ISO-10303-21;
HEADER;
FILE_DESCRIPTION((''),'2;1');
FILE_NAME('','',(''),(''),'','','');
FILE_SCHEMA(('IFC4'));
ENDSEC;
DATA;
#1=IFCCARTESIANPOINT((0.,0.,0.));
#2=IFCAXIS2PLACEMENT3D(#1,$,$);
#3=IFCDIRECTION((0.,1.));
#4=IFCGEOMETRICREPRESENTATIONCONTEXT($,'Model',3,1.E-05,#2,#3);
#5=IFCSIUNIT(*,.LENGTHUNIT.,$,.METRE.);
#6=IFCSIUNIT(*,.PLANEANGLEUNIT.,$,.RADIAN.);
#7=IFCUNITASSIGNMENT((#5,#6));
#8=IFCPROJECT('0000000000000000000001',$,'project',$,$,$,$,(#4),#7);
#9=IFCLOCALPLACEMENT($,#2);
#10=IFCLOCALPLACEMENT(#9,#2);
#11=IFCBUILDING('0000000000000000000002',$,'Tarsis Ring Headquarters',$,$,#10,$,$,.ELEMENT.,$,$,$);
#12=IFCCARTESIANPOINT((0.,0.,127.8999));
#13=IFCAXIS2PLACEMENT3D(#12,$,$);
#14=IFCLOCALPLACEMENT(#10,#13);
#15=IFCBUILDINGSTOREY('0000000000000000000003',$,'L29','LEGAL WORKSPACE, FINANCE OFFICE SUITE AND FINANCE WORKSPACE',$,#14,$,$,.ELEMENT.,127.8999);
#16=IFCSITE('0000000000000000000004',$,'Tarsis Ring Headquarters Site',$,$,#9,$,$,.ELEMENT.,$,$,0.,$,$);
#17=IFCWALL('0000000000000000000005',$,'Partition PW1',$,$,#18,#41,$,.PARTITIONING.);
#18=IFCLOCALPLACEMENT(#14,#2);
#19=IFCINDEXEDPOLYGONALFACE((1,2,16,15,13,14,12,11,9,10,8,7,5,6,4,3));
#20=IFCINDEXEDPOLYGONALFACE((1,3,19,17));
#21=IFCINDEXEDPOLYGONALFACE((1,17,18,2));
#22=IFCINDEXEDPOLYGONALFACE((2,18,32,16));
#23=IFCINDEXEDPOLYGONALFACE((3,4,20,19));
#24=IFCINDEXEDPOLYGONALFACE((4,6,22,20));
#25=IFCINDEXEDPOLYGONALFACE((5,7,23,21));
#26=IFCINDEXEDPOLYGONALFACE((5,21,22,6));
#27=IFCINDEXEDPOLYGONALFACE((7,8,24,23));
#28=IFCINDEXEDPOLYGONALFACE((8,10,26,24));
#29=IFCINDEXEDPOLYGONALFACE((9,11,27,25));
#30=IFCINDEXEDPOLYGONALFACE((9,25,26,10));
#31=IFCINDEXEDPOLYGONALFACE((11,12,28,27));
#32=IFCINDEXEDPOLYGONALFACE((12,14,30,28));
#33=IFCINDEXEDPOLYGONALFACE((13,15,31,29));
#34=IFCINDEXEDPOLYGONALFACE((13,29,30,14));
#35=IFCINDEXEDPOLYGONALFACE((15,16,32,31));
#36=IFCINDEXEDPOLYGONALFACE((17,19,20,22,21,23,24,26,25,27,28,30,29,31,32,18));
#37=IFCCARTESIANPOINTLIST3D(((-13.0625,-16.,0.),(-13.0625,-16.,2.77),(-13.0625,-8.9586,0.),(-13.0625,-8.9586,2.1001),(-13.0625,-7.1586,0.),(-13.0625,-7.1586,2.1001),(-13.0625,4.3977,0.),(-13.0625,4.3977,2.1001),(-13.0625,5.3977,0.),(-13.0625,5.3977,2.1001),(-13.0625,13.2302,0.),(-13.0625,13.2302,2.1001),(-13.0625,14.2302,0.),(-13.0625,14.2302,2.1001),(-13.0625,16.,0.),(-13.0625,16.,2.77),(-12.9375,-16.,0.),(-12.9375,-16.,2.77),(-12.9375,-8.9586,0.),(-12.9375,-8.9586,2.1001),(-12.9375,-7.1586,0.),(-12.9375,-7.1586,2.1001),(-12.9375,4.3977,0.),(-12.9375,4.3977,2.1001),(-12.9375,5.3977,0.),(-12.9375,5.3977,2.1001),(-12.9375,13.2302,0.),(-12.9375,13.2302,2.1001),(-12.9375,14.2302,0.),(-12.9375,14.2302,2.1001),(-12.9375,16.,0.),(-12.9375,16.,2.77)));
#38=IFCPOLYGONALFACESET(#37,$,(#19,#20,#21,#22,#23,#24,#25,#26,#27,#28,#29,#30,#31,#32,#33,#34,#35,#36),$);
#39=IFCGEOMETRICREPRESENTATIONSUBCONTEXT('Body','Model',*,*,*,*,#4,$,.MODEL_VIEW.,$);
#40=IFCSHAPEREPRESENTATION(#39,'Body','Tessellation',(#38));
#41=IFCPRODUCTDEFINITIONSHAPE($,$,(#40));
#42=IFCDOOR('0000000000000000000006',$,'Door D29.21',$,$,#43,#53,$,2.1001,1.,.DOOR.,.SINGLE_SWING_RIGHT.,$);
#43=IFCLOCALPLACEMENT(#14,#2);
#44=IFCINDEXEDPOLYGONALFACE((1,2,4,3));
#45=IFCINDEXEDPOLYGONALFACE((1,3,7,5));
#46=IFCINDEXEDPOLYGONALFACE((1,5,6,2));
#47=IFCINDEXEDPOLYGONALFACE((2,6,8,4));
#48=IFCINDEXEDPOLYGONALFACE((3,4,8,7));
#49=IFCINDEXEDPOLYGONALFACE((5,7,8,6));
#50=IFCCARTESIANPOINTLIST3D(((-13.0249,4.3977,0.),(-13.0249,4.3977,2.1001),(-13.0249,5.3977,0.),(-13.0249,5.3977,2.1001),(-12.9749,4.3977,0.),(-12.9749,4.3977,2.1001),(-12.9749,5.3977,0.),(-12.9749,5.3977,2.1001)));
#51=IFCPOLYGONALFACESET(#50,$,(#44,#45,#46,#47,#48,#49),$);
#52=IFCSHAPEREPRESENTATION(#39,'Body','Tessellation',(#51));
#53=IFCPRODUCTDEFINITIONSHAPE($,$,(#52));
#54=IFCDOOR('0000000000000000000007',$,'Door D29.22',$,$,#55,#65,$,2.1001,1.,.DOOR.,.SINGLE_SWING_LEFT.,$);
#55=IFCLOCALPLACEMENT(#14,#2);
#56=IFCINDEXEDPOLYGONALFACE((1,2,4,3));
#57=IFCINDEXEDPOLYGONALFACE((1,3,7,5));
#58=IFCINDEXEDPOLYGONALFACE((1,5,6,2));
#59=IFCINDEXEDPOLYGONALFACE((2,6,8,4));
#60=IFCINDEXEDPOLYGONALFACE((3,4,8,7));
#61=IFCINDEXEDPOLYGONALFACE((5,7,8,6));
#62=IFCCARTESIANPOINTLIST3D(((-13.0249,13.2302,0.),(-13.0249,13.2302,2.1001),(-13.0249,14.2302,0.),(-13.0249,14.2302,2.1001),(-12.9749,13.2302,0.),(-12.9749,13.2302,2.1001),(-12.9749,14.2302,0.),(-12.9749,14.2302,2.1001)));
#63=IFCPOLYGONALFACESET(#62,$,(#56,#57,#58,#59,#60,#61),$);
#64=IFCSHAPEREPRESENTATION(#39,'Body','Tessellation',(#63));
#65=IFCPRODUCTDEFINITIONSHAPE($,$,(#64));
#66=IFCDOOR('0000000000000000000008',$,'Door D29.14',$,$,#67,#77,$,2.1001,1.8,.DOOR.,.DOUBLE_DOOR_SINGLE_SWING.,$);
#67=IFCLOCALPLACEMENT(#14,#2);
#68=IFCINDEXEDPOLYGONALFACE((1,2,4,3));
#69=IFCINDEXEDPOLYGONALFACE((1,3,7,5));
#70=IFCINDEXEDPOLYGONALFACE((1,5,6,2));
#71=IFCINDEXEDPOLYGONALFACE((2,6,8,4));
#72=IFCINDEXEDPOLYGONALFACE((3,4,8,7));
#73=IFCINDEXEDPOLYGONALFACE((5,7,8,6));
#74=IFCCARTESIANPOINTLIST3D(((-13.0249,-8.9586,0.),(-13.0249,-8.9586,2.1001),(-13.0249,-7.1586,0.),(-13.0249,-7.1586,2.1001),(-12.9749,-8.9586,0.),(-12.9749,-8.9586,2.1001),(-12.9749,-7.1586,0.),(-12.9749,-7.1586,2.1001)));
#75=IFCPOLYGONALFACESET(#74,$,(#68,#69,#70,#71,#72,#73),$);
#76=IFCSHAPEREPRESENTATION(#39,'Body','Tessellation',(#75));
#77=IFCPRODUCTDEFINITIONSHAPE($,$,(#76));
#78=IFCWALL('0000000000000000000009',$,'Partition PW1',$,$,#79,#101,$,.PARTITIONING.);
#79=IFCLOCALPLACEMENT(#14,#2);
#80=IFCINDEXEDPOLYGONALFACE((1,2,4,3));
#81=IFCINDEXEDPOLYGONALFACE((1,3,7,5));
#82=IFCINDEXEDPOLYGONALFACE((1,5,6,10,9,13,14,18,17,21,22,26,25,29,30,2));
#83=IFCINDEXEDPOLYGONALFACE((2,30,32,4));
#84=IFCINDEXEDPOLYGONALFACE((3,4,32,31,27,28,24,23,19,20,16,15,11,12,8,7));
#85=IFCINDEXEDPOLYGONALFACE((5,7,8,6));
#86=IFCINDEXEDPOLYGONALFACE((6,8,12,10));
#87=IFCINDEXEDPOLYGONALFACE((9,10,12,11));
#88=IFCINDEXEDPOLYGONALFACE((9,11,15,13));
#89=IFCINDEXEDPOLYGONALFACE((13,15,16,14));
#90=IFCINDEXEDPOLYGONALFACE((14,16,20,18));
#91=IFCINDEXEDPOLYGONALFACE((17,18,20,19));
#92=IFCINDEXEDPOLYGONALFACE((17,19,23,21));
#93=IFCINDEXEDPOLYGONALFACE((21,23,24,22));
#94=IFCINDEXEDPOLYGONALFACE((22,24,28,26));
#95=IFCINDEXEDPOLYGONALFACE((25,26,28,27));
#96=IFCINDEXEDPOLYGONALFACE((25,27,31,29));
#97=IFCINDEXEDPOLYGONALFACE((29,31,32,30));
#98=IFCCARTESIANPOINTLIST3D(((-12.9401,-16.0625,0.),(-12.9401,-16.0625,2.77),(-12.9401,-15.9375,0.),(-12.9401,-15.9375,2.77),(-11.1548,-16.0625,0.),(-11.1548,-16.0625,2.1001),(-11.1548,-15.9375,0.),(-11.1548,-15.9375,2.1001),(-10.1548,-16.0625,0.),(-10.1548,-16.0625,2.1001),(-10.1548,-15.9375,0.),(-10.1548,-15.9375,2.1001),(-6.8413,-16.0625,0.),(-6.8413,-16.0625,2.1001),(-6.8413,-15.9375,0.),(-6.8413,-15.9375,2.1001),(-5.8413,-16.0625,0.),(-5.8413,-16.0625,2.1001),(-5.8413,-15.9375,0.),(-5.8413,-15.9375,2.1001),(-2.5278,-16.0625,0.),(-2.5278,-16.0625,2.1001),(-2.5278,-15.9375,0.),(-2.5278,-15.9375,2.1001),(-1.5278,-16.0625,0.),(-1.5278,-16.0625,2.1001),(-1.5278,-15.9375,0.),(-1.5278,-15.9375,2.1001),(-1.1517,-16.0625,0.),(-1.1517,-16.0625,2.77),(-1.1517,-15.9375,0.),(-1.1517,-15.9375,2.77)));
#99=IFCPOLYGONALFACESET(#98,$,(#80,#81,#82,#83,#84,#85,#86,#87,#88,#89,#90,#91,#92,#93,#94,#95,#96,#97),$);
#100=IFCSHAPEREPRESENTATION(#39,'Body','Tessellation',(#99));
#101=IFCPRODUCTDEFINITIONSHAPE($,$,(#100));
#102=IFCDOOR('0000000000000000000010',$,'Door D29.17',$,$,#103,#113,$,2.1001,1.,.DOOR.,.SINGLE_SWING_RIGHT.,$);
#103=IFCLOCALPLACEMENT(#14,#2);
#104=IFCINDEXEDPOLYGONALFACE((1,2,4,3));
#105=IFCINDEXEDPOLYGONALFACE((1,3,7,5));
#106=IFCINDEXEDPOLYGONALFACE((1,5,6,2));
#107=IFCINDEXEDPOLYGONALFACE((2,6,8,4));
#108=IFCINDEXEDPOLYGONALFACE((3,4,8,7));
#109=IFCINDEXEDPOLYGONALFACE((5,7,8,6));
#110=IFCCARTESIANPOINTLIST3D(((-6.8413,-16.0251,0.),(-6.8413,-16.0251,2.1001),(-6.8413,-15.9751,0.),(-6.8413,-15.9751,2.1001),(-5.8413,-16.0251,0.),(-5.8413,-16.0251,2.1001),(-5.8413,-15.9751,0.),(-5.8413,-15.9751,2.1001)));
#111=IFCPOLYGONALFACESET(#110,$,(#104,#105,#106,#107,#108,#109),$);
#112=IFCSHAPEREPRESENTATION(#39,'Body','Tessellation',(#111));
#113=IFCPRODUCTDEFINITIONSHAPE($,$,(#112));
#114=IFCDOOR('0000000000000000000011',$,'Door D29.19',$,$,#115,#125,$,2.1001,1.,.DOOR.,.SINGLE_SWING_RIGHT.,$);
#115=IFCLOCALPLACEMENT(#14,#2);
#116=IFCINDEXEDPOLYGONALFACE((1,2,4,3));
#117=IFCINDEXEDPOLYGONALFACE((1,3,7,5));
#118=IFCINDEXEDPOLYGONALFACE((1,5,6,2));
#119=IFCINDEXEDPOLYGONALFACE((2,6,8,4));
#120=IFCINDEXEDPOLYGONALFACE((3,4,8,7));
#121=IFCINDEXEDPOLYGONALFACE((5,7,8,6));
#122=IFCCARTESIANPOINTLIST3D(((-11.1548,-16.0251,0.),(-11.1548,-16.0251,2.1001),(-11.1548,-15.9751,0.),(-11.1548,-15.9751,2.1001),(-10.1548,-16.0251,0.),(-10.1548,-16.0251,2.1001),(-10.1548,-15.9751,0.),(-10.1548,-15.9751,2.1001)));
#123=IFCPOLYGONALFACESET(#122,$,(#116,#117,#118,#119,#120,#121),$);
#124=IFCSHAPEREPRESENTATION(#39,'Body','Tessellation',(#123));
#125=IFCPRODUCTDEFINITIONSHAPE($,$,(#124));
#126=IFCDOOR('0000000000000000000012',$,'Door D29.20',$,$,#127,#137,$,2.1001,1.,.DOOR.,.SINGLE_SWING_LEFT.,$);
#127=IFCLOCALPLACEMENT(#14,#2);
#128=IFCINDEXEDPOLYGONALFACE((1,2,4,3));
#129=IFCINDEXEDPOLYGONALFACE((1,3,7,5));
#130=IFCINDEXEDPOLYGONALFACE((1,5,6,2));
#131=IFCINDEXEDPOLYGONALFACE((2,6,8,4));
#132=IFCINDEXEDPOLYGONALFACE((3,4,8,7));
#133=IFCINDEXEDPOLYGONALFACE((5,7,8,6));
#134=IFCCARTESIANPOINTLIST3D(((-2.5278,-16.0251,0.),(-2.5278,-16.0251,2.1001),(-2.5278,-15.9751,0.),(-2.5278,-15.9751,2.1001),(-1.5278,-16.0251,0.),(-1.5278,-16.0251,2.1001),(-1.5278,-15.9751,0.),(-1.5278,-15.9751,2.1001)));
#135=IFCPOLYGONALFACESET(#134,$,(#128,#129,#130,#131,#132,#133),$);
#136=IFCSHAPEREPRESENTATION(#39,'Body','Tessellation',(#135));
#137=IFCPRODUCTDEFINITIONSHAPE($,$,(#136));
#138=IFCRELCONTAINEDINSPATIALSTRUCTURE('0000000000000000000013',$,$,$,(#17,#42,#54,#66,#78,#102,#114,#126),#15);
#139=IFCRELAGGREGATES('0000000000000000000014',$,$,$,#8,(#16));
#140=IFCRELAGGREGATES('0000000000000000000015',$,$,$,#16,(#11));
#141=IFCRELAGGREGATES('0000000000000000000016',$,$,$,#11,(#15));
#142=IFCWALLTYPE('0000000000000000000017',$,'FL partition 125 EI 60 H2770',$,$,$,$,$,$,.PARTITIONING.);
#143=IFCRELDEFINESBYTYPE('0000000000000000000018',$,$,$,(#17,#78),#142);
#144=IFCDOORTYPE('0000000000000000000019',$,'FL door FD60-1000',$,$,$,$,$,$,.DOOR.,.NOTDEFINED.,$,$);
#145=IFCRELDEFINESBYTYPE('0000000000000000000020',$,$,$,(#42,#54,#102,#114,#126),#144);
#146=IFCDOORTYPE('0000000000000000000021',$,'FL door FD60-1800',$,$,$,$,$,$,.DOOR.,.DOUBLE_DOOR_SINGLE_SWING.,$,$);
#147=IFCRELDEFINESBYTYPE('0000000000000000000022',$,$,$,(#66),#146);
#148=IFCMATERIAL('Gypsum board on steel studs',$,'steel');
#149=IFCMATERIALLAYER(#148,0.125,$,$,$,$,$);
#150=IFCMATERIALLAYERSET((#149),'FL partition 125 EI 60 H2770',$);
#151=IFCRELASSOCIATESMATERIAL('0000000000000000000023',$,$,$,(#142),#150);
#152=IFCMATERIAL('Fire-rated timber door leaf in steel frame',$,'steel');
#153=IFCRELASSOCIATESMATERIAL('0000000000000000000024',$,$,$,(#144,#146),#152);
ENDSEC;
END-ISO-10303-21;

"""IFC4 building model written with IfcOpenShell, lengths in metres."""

from ifc_helpers import new_model, si_unit, direction, frame, frame_2d, origin, place, context, subcontext, project, spatial, rectangle, extrude, material, layer, layer_set, type_object, element, fill, save


model = new_model("IFC4")

# Units and contexts
model_context = context("Model", 3, precision=1e-05, world=origin(), true_north=direction((0.0, 1.0)))
body_context = subcontext(model_context, "Body", "Model", "MODEL_VIEW")
ifc_project = project(units=[si_unit("LENGTHUNIT", "METRE"), si_unit("PLANEANGLEUNIT", "RADIAN")], contexts=[model_context])

# Site, building, storey
site_placement = place(None, origin())
site = spatial("IfcSite", under=ifc_project, at=site_placement, Name="Tarsis Ring Headquarters Site", CompositionType="ELEMENT", RefElevation=0.0)
building_placement = place(site_placement, origin())
building = spatial("IfcBuilding", under=site, at=building_placement, Name="Tarsis Ring Headquarters", CompositionType="ELEMENT")
storey_placement = place(building_placement, frame((0.0, 0.0, 127.8999)))
storey = spatial("IfcBuildingStorey", under=building, at=storey_placement, Name="L29", Description="LEGAL WORKSPACE, FINANCE OFFICE SUITE AND FINANCE WORKSPACE", CompositionType="ELEMENT", Elevation=127.8999)

# Shared definitions
ifc_material_1 = material(Name="Gypsum board on steel studs", Category="steel")

# Walls, openings, doors
ifc_layer_1 = layer(ifc_material_1, 0.125)
ifc_layer_set_1 = layer_set([ifc_layer_1], Name="FL partition 125 EI 60 H2770")
wall_type_1 = type_object("IfcWallType", Name="FL partition 125 EI 60 H2770", PredefinedType="PARTITIONING", material=ifc_layer_set_1)
wall_1_placement = place(storey_placement, frame((-13.0, -16.0, 0.0), z_axis=(0.0, 0.0, 1.0), x_axis=(0.0, 1.0, 0.0)))
wall_1 = element("IfcWall", 1, at=wall_1_placement, inside=storey, type_object=wall_type_1, Name="Partition PW1", PredefinedType="PARTITIONING", context=body_context, shape_type="SweptSolid", body=[
    extrude(rectangle(XDim=32.0, YDim=0.125, at=frame_2d((16.0, 0.0))), origin(), (0.0, 0.0, 1.0), 2.77),
])
opening_1_placement = place(wall_1_placement, frame((7.0415, 0.0, 0.0)))
opening_1 = element("IfcOpeningElement", 2, at=opening_1_placement, cuts=wall_1, PredefinedType="OPENING", context=body_context, shape_type="SweptSolid", body=[
    extrude(rectangle(XDim=1.8, YDim=2.1001, at=frame_2d((0.8999, 1.05))), frame((0.0, 0.0725, 0.0), z_axis=(0.0, -1.0, 0.0), x_axis=(1.0, 0.0, 0.0)), (0.0, 0.0, 1.0), 0.145),
])
opening_2_placement = place(wall_1_placement, frame((20.3977, 0.0, 0.0)))
opening_2 = element("IfcOpeningElement", 3, at=opening_2_placement, cuts=wall_1, PredefinedType="OPENING", context=body_context, shape_type="SweptSolid", body=[
    extrude(rectangle(XDim=1.0, YDim=2.1001, at=frame_2d((0.5, 1.05))), frame((0.0, 0.0725, 0.0), z_axis=(0.0, -1.0, 0.0), x_axis=(1.0, 0.0, 0.0)), (0.0, 0.0, 1.0), 0.145),
])
opening_3_placement = place(wall_1_placement, frame((29.2302, 0.0, 0.0)))
opening_3 = element("IfcOpeningElement", 4, at=opening_3_placement, cuts=wall_1, PredefinedType="OPENING", context=body_context, shape_type="SweptSolid", body=[
    extrude(rectangle(XDim=1.0, YDim=2.1001, at=frame_2d((0.5, 1.05))), frame((0.0, 0.0725, 0.0), z_axis=(0.0, -1.0, 0.0), x_axis=(1.0, 0.0, 0.0)), (0.0, 0.0, 1.0), 0.145),
])
ifc_material_2 = material(Name="Fire-rated timber door leaf in steel frame", Category="steel")
door_type_1 = type_object("IfcDoorType", Name="FL door FD60-1000", OperationType="NOTDEFINED", PredefinedType="DOOR", material=ifc_material_2)
door_1_placement = place(opening_2_placement, origin())
door_1 = element("IfcDoor", 5, at=door_1_placement, inside=storey, type_object=door_type_1, Name="Door D29.21", OperationType="SINGLE_SWING_RIGHT", OverallHeight=2.1001, OverallWidth=1.0, PredefinedType="DOOR", context=body_context, shape_type="SweptSolid", body=[
    extrude(rectangle(XDim=1.0, YDim=2.1001, at=frame_2d((0.5, 1.05))), frame((0.0, 0.0249, 0.0), z_axis=(0.0, -1.0, 0.0), x_axis=(1.0, 0.0, 0.0)), (0.0, 0.0, 1.0), 0.05),
])
fill(opening_2, door_1)
door_2_placement = place(opening_3_placement, origin())
door_2 = element("IfcDoor", 6, at=door_2_placement, inside=storey, type_object=door_type_1, Name="Door D29.22", OperationType="SINGLE_SWING_LEFT", OverallHeight=2.1001, OverallWidth=1.0, PredefinedType="DOOR", context=body_context, shape_type="SweptSolid", body=[
    extrude(rectangle(XDim=1.0, YDim=2.1001, at=frame_2d((0.5, 1.05))), frame((0.0, 0.0249, 0.0), z_axis=(0.0, -1.0, 0.0), x_axis=(1.0, 0.0, 0.0)), (0.0, 0.0, 1.0), 0.05),
])
fill(opening_3, door_2)
door_type_2 = type_object("IfcDoorType", Name="FL door FD60-1800", OperationType="DOUBLE_DOOR_SINGLE_SWING", PredefinedType="DOOR", material=ifc_material_2)
door_3_placement = place(opening_1_placement, origin())
door_3 = element("IfcDoor", 7, at=door_3_placement, inside=storey, type_object=door_type_2, Name="Door D29.14", OperationType="DOUBLE_DOOR_SINGLE_SWING", OverallHeight=2.1001, OverallWidth=1.8, PredefinedType="DOOR", context=body_context, shape_type="SweptSolid", body=[
    extrude(rectangle(XDim=1.8, YDim=2.1001, at=frame_2d((0.8999, 1.05))), frame((0.0, 0.0249, 0.0), z_axis=(0.0, -1.0, 0.0), x_axis=(1.0, 0.0, 0.0)), (0.0, 0.0, 1.0), 0.05),
])
fill(opening_1, door_3)
wall_2_placement = place(storey_placement, frame((-12.9399, -16.0, 0.0), z_axis=(0.0, 0.0, 1.0), x_axis=(1.0, 0.0, 0.0)))
wall_2 = element("IfcWall", 8, at=wall_2_placement, inside=storey, type_object=wall_type_1, Name="Partition PW1", PredefinedType="PARTITIONING", context=body_context, shape_type="SweptSolid", body=[
    extrude(rectangle(XDim=11.7883, YDim=0.125, at=frame_2d((5.894, 0.0))), origin(), (0.0, 0.0, 1.0), 2.77),
])
opening_4_placement = place(wall_2_placement, frame((6.0986, 0.0, 0.0)))
opening_4 = element("IfcOpeningElement", 9, at=opening_4_placement, cuts=wall_2, PredefinedType="OPENING", context=body_context, shape_type="SweptSolid", body=[
    extrude(rectangle(XDim=1.0, YDim=2.1001, at=frame_2d((0.5, 1.05))), frame((0.0, 0.0725, 0.0), z_axis=(0.0, -1.0, 0.0), x_axis=(1.0, 0.0, 0.0)), (0.0, 0.0, 1.0), 0.145),
])
opening_5_placement = place(wall_2_placement, frame((1.7852, 0.0, 0.0)))
opening_5 = element("IfcOpeningElement", 10, at=opening_5_placement, cuts=wall_2, PredefinedType="OPENING", context=body_context, shape_type="SweptSolid", body=[
    extrude(rectangle(XDim=1.0, YDim=2.1001, at=frame_2d((0.5, 1.05))), frame((0.0, 0.0725, 0.0), z_axis=(0.0, -1.0, 0.0), x_axis=(1.0, 0.0, 0.0)), (0.0, 0.0, 1.0), 0.145),
])
opening_6_placement = place(wall_2_placement, frame((10.4121, 0.0, 0.0)))
opening_6 = element("IfcOpeningElement", 11, at=opening_6_placement, cuts=wall_2, PredefinedType="OPENING", context=body_context, shape_type="SweptSolid", body=[
    extrude(rectangle(XDim=1.0, YDim=2.1001, at=frame_2d((0.5, 1.05))), frame((0.0, 0.0725, 0.0), z_axis=(0.0, -1.0, 0.0), x_axis=(1.0, 0.0, 0.0)), (0.0, 0.0, 1.0), 0.145),
])
door_4_placement = place(opening_4_placement, origin())
door_4 = element("IfcDoor", 12, at=door_4_placement, inside=storey, type_object=door_type_1, Name="Door D29.17", OperationType="SINGLE_SWING_RIGHT", OverallHeight=2.1001, OverallWidth=1.0, PredefinedType="DOOR", context=body_context, shape_type="SweptSolid", body=[
    extrude(rectangle(XDim=1.0, YDim=2.1001, at=frame_2d((0.5, 1.05))), frame((0.0, 0.0249, 0.0), z_axis=(0.0, -1.0, 0.0), x_axis=(1.0, 0.0, 0.0)), (0.0, 0.0, 1.0), 0.05),
])
fill(opening_4, door_4)
door_5_placement = place(opening_5_placement, origin())
door_5 = element("IfcDoor", 13, at=door_5_placement, inside=storey, type_object=door_type_1, Name="Door D29.19", OperationType="SINGLE_SWING_RIGHT", OverallHeight=2.1001, OverallWidth=1.0, PredefinedType="DOOR", context=body_context, shape_type="SweptSolid", body=[
    extrude(rectangle(XDim=1.0, YDim=2.1001, at=frame_2d((0.5, 1.05))), frame((0.0, 0.0249, 0.0), z_axis=(0.0, -1.0, 0.0), x_axis=(1.0, 0.0, 0.0)), (0.0, 0.0, 1.0), 0.05),
])
fill(opening_5, door_5)
door_6_placement = place(opening_6_placement, origin())
door_6 = element("IfcDoor", 14, at=door_6_placement, inside=storey, type_object=door_type_1, Name="Door D29.20", OperationType="SINGLE_SWING_LEFT", OverallHeight=2.1001, OverallWidth=1.0, PredefinedType="DOOR", context=body_context, shape_type="SweptSolid", body=[
    extrude(rectangle(XDim=1.0, YDim=2.1001, at=frame_2d((0.5, 1.05))), frame((0.0, 0.0249, 0.0), z_axis=(0.0, -1.0, 0.0), x_axis=(1.0, 0.0, 0.0)), (0.0, 0.0, 1.0), 0.05),
])
fill(opening_6, door_6)

save(model, "model.ifc")
